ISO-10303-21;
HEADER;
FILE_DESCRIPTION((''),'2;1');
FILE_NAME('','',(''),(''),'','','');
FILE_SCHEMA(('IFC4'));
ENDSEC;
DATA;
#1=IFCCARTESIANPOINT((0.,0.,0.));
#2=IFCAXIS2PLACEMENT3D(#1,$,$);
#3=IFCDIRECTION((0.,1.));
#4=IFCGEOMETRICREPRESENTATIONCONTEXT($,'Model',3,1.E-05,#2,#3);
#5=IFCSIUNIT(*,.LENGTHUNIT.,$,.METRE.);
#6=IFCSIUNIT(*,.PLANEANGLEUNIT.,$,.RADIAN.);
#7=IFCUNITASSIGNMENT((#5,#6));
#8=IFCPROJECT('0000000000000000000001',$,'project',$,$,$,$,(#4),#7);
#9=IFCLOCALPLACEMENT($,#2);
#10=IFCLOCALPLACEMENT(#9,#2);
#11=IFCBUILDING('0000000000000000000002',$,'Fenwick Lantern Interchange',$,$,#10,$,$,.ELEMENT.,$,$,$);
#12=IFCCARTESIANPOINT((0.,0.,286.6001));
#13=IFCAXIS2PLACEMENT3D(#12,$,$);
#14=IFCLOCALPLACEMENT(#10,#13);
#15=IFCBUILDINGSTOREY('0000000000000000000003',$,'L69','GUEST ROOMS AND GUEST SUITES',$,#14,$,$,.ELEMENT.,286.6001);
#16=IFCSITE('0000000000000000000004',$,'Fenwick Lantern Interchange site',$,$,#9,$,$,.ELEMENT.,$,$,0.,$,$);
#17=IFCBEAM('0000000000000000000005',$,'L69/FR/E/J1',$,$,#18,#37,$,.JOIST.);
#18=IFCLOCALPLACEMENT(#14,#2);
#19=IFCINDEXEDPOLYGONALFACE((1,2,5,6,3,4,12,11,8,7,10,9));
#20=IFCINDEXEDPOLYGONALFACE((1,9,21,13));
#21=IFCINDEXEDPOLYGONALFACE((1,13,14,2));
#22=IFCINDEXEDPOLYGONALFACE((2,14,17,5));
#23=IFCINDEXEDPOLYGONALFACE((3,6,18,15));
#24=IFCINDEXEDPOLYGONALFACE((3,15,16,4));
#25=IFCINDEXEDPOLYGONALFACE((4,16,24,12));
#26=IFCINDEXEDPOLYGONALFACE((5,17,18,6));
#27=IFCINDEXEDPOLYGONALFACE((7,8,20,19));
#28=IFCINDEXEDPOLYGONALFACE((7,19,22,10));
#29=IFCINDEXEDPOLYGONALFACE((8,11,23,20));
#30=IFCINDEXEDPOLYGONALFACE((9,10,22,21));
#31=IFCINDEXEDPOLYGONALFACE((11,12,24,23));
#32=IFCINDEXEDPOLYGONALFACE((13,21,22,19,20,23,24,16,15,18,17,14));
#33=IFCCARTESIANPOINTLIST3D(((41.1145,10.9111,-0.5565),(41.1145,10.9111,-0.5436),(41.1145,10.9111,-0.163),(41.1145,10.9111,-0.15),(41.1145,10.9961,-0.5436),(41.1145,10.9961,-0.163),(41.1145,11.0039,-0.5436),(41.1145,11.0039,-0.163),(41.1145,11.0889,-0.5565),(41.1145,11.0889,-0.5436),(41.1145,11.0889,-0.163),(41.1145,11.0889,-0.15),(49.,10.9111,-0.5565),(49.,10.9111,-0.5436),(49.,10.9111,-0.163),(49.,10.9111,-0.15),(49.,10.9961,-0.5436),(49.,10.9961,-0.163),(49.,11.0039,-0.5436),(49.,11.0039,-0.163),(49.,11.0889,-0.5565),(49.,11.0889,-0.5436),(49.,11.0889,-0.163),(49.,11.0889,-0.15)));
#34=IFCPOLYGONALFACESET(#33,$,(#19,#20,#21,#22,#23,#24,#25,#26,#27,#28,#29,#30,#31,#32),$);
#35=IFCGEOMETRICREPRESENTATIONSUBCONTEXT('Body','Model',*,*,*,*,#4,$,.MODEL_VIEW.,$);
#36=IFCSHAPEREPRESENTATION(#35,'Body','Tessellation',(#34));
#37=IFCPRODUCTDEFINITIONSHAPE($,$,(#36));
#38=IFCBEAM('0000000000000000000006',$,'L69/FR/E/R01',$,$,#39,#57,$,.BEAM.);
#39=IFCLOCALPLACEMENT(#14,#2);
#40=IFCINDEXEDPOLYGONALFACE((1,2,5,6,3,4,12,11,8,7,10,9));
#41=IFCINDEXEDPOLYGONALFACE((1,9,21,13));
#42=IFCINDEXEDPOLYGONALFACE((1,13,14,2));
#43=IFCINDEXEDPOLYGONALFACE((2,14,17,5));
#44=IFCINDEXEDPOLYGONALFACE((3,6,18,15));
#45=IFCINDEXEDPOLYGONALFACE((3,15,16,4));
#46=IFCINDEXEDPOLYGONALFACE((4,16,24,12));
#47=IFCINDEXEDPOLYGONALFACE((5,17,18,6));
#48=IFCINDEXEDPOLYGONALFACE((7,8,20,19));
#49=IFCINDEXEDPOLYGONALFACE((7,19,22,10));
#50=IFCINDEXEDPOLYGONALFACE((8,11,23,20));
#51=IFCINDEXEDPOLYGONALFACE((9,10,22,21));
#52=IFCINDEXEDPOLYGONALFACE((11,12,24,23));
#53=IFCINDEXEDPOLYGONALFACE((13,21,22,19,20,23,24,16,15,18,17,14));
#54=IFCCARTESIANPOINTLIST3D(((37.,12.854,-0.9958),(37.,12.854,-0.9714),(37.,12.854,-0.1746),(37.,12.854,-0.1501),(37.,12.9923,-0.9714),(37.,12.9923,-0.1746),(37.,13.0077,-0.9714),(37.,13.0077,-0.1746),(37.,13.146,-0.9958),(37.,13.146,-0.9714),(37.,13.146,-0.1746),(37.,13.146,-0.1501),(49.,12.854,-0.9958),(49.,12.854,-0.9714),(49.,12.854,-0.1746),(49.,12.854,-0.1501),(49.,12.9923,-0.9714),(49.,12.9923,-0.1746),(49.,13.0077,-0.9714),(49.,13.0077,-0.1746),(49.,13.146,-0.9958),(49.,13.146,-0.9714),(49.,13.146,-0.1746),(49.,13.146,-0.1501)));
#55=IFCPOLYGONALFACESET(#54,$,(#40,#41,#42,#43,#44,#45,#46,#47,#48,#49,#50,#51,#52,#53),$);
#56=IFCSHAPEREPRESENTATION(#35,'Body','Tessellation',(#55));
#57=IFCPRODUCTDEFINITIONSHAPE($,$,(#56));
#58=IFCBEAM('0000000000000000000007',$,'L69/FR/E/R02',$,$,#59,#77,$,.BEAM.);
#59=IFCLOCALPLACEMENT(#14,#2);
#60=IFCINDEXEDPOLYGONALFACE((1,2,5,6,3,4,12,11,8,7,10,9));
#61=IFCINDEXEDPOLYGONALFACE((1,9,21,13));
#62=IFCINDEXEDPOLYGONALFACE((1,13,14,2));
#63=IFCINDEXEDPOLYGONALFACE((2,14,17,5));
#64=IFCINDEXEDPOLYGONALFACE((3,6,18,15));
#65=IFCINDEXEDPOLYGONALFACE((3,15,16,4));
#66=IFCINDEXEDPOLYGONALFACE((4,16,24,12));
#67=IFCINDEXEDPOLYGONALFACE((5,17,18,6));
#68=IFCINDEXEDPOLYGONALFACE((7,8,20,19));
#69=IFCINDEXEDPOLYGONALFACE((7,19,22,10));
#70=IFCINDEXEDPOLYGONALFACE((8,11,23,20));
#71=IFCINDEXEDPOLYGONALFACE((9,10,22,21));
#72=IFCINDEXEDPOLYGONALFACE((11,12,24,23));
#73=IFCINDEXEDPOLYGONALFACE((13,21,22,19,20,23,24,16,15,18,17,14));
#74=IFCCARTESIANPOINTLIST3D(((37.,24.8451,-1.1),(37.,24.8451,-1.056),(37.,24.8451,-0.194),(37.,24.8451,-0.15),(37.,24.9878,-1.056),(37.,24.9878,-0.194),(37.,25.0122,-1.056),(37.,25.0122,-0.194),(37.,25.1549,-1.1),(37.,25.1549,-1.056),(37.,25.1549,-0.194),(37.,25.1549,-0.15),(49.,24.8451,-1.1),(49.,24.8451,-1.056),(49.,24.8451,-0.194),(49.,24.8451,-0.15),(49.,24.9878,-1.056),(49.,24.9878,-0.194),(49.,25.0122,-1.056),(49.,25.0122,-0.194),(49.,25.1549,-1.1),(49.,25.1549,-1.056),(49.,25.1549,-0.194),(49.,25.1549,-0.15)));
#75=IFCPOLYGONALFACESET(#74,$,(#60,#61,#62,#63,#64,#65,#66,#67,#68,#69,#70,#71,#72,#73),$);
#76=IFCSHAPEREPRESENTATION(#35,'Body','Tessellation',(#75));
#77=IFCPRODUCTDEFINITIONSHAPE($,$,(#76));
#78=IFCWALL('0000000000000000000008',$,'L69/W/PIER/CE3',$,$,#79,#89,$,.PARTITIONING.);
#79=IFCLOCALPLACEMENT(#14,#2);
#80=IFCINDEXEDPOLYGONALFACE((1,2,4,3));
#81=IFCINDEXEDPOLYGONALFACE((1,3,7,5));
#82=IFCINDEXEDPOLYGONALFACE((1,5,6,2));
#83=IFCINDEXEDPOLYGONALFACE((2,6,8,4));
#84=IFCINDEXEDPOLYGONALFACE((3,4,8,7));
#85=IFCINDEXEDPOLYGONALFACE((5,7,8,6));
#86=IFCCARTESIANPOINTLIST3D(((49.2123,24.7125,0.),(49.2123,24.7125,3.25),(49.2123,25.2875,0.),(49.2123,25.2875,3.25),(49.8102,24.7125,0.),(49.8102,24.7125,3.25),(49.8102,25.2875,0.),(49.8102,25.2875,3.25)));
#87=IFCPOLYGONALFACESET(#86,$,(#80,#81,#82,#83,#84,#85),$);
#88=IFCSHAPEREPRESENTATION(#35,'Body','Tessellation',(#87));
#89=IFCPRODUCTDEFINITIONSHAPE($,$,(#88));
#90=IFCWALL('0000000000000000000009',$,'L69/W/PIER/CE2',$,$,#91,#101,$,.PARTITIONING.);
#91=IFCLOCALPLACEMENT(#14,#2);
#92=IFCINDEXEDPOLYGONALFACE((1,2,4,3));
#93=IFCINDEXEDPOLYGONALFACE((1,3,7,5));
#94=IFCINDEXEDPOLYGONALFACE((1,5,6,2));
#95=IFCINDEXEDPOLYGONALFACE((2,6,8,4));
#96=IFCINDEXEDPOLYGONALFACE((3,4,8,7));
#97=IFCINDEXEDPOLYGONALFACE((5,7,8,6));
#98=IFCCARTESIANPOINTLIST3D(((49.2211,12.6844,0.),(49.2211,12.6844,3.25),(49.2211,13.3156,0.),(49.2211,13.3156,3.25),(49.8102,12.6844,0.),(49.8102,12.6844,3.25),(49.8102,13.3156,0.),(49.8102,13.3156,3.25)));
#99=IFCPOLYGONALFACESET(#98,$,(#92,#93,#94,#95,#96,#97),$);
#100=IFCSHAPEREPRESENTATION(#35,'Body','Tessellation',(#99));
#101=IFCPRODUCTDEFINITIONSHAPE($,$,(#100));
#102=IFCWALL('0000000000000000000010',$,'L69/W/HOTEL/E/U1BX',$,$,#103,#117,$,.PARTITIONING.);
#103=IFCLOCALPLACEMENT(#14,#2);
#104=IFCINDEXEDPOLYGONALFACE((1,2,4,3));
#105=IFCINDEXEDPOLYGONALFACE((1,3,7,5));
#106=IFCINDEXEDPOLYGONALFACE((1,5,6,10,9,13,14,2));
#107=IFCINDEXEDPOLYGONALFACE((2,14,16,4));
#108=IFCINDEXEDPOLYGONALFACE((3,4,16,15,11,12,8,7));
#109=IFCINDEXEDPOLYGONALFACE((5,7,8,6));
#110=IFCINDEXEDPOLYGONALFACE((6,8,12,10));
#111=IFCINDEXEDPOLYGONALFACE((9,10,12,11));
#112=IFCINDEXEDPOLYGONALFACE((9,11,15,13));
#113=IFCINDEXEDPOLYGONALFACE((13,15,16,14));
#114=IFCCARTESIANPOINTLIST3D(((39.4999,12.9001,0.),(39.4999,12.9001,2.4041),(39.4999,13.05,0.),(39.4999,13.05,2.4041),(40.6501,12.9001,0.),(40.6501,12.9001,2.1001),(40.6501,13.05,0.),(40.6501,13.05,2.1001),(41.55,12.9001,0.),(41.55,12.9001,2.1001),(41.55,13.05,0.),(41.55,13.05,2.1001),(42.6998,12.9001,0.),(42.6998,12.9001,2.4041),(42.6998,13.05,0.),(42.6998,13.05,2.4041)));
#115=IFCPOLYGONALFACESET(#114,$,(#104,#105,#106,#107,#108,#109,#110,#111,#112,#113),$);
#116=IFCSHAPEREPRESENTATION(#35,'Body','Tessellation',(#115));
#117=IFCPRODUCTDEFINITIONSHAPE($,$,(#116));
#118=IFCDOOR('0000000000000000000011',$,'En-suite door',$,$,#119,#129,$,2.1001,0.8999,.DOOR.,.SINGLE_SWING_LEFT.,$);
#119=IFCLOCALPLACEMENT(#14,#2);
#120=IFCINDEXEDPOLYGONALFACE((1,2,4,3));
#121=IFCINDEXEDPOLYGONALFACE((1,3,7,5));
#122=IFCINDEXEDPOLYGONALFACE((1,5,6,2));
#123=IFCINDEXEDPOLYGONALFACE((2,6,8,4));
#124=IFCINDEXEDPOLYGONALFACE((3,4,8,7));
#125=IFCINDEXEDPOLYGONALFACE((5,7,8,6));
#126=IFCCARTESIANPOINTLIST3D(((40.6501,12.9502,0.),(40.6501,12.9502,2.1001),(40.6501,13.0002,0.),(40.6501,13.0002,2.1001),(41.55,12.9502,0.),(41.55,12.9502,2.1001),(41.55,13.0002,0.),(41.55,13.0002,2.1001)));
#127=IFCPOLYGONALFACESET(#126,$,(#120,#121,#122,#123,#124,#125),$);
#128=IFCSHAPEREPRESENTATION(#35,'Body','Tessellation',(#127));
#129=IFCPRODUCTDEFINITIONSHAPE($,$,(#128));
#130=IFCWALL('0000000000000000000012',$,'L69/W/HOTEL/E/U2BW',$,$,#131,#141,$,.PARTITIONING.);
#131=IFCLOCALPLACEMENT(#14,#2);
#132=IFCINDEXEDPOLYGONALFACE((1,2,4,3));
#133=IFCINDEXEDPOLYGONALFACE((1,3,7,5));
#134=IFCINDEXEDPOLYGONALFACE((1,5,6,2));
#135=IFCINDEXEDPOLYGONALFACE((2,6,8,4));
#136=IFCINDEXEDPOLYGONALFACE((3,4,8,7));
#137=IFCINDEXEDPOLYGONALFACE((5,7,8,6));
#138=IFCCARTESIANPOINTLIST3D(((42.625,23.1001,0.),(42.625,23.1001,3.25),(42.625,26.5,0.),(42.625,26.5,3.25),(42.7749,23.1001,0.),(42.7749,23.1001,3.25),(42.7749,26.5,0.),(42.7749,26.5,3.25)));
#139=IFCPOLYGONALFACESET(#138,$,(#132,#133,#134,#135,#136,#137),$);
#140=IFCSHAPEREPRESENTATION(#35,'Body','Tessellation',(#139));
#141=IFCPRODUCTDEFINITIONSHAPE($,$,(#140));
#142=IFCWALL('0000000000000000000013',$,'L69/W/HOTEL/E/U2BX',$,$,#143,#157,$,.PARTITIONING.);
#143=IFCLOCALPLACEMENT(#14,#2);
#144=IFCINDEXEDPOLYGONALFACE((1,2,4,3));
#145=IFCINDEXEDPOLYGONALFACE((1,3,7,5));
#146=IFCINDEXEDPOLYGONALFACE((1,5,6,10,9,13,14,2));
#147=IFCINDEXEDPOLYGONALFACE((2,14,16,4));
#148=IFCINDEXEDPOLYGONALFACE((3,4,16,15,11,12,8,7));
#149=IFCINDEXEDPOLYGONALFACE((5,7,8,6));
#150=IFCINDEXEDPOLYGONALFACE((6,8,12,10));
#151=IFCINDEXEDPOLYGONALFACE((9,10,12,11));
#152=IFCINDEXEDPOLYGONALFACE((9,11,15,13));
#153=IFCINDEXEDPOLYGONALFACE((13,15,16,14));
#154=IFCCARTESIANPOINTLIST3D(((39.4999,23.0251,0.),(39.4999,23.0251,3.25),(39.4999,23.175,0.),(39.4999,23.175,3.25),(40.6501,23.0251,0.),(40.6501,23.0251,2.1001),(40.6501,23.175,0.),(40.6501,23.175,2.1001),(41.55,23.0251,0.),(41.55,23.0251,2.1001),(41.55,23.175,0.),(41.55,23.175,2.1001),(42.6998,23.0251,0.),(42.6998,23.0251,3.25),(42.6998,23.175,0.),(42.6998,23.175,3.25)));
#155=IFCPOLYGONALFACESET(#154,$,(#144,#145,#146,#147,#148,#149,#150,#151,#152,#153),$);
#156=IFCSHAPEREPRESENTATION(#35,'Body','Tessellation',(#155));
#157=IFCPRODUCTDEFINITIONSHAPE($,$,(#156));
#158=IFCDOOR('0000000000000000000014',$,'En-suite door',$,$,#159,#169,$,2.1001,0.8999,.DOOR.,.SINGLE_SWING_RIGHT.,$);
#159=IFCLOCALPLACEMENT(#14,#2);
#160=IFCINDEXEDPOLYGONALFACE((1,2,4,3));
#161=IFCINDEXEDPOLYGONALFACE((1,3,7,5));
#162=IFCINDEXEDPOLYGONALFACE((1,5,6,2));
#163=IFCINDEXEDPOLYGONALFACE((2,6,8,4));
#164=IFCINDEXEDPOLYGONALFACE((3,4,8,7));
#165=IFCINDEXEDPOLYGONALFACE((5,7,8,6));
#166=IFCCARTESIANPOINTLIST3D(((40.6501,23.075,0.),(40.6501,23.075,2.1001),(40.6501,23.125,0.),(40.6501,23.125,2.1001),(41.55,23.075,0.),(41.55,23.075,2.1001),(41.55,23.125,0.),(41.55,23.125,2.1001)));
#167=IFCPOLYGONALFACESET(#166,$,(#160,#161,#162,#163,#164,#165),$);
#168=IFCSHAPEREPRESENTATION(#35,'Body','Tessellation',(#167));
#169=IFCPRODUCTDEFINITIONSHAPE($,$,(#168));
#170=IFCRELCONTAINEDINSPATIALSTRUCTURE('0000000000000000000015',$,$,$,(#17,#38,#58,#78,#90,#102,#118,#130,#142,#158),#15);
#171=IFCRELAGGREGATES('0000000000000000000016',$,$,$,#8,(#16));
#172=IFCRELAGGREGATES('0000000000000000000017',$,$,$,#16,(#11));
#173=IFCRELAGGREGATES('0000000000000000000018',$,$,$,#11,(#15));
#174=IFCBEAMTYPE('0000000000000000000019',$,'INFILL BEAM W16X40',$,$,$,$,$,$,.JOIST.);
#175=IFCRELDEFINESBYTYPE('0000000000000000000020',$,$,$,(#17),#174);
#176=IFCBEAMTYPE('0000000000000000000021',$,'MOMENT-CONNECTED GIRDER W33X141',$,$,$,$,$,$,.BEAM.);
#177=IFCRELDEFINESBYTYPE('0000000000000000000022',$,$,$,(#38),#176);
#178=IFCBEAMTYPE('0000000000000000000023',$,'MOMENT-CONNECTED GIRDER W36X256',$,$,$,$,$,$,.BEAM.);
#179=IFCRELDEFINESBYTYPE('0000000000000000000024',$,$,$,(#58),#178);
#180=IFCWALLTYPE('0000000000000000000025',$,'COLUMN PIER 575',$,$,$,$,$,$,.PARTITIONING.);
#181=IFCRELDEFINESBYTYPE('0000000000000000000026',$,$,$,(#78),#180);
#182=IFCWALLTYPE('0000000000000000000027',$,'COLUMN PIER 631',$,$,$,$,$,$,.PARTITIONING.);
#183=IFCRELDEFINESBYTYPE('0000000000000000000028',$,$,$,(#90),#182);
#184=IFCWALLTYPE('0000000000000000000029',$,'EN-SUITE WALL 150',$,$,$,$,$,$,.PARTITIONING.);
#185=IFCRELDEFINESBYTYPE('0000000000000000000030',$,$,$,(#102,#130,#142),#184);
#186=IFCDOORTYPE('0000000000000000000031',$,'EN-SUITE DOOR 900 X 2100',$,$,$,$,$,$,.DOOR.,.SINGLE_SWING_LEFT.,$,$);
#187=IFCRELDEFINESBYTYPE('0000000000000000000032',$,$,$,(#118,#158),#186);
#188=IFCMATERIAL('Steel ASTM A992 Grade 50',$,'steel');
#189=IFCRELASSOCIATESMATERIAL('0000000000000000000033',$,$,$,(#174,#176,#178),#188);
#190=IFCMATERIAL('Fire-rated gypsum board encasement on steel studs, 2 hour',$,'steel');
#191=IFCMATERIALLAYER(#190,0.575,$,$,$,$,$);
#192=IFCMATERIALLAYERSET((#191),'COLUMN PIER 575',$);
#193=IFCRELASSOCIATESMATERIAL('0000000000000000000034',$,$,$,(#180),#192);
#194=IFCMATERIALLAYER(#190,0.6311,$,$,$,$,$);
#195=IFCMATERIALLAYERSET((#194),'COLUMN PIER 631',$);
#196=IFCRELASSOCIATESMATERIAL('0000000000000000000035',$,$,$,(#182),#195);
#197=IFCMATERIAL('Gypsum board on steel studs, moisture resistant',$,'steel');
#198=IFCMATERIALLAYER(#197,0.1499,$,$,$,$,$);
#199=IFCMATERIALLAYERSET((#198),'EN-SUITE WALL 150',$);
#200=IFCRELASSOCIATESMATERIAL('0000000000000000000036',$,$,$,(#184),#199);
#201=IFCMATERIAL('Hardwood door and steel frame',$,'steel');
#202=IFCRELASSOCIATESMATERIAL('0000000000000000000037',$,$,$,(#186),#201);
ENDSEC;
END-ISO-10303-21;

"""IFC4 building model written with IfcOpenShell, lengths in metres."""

from ifc_helpers import new_model, si_unit, direction, frame, frame_2d, origin, origin_2d, place, context, subcontext, project, spatial, rectangle, i_section, extrude, material, layer, layer_set, material_profile, profile_set, type_object, element, fill, save


model = new_model("IFC4")

# Units and contexts
model_context = context("Model", 3, precision=1e-05, world=origin(), true_north=direction((0.0, 1.0)))
body_context = subcontext(model_context, "Body", "Model", "MODEL_VIEW")
ifc_project = project(units=[si_unit("LENGTHUNIT", "METRE"), si_unit("PLANEANGLEUNIT", "RADIAN")], contexts=[model_context])

# Site, building, storey
site_placement = place(None, origin())
site = spatial("IfcSite", under=ifc_project, at=site_placement, Name="Fenwick Lantern Interchange site", CompositionType="ELEMENT", RefElevation=0.0)
building_placement = place(site_placement, origin())
building = spatial("IfcBuilding", under=site, at=building_placement, Name="Fenwick Lantern Interchange", CompositionType="ELEMENT")
storey_placement = place(building_placement, frame((0.0, 0.0, 286.6001)))
storey = spatial("IfcBuildingStorey", under=building, at=storey_placement, Name="L69", Description="GUEST ROOMS AND GUEST SUITES", CompositionType="ELEMENT", Elevation=286.6001)

# Shared definitions
ifc_material_1 = material(Name="Steel ASTM A992 Grade 50", Category="steel")

# Beams
ifc_material_profile_1 = material_profile(ifc_material_1, i_section(OverallWidth=0.1777, OverallDepth=0.4065, WebThickness=0.0078, FlangeThickness=0.0129, at=origin_2d()), Name="W16X40")
ifc_profile_set_1 = profile_set([ifc_material_profile_1], Name="Steel ASTM A992 Grade 50")
beam_type_1 = type_object("IfcBeamType", Name="INFILL BEAM W16X40", PredefinedType="JOIST", material=ifc_profile_set_1)
beam_1_placement = place(storey_placement, frame((49.0, 11.0, -0.3533), z_axis=(-1.0, 0.0, 0.0), x_axis=(0.0, -1.0, 0.0)))
element("IfcBeam", 1, at=beam_1_placement, inside=storey, type_object=beam_type_1, Name="L69/FR/E/J1", PredefinedType="JOIST", context=body_context, shape_type="SweptSolid", body=[
    extrude(i_section(OverallWidth=0.1777, OverallDepth=0.4065, WebThickness=0.0078, FlangeThickness=0.0129, at=origin_2d()), origin(), (0.0, 0.0, 1.0), 7.8855),
])
ifc_material_profile_2 = material_profile(ifc_material_1, i_section(OverallWidth=0.292, OverallDepth=0.8457, WebThickness=0.0154, FlangeThickness=0.0244, at=origin_2d()), Name="W33X141")
ifc_profile_set_2 = profile_set([ifc_material_profile_2], Name="Steel ASTM A992 Grade 50")
beam_type_2 = type_object("IfcBeamType", Name="MOMENT-CONNECTED GIRDER W33X141", PredefinedType="BEAM", material=ifc_profile_set_2)
beam_2_placement = place(storey_placement, frame((49.0, 13.0, -0.573), z_axis=(-1.0, 0.0, 0.0), x_axis=(0.0, -1.0, 0.0)))
element("IfcBeam", 2, at=beam_2_placement, inside=storey, type_object=beam_type_2, Name="L69/FR/E/R01", PredefinedType="BEAM", context=body_context, shape_type="SweptSolid", body=[
    extrude(i_section(OverallWidth=0.292, OverallDepth=0.8457, WebThickness=0.0154, FlangeThickness=0.0244, at=origin_2d()), origin(), (0.0, 0.0, 1.0), 12.0),
])
ifc_material_profile_3 = material_profile(ifc_material_1, i_section(OverallWidth=0.3098, OverallDepth=0.95, WebThickness=0.0244, FlangeThickness=0.0439, at=origin_2d()), Name="W36X256")
ifc_profile_set_3 = profile_set([ifc_material_profile_3], Name="Steel ASTM A992 Grade 50")
beam_type_3 = type_object("IfcBeamType", Name="MOMENT-CONNECTED GIRDER W36X256", PredefinedType="BEAM", material=ifc_profile_set_3)
beam_3_placement = place(storey_placement, frame((49.0, 25.0, -0.625), z_axis=(-1.0, 0.0, 0.0), x_axis=(0.0, -1.0, 0.0)))
element("IfcBeam", 3, at=beam_3_placement, inside=storey, type_object=beam_type_3, Name="L69/FR/E/R02", PredefinedType="BEAM", context=body_context, shape_type="SweptSolid", body=[
    extrude(i_section(OverallWidth=0.3098, OverallDepth=0.95, WebThickness=0.0244, FlangeThickness=0.0439, at=origin_2d()), origin(), (0.0, 0.0, 1.0), 12.0),
])

# Walls
ifc_material_2 = material(Name="Fire-rated gypsum board encasement on steel studs, 2 hour", Category="steel")
ifc_layer_1 = layer(ifc_material_2, 0.575)
ifc_layer_set_1 = layer_set([ifc_layer_1], Name="COLUMN PIER 575")
wall_type_1 = type_object("IfcWallType", Name="COLUMN PIER 575", PredefinedType="PARTITIONING", material=ifc_layer_set_1)
wall_1_placement = place(storey_placement, frame((49.8101, 25.0, 0.0), z_axis=(0.0, 0.0, 1.0), x_axis=(-1.0, 0.0, 0.0)))
element("IfcWall", 4, at=wall_1_placement, inside=storey, type_object=wall_type_1, Name="L69/W/PIER/CE3", PredefinedType="PARTITIONING", context=body_context, shape_type="SweptSolid", body=[
    extrude(rectangle(XDim=0.5979, YDim=0.575, at=frame_2d((0.2988, 0.0))), origin(), (0.0, 0.0, 1.0), 3.25),
])
ifc_layer_2 = layer(ifc_material_2, 0.6311)
ifc_layer_set_2 = layer_set([ifc_layer_2], Name="COLUMN PIER 631")
wall_type_2 = type_object("IfcWallType", Name="COLUMN PIER 631", PredefinedType="PARTITIONING", material=ifc_layer_set_2)
wall_2_placement = place(storey_placement, frame((49.8101, 13.0, 0.0), z_axis=(0.0, 0.0, 1.0), x_axis=(-1.0, 0.0, 0.0)))
element("IfcWall", 5, at=wall_2_placement, inside=storey, type_object=wall_type_2, Name="L69/W/PIER/CE2", PredefinedType="PARTITIONING", context=body_context, shape_type="SweptSolid", body=[
    extrude(rectangle(XDim=0.5891, YDim=0.6311, at=frame_2d((0.2944, 0.0))), origin(), (0.0, 0.0, 1.0), 3.25),
])

# Wall, opening, door
ifc_material_3 = material(Name="Gypsum board on steel studs, moisture resistant", Category="steel")
ifc_layer_3 = layer(ifc_material_3, 0.1499)
ifc_layer_set_3 = layer_set([ifc_layer_3], Name="EN-SUITE WALL 150")
wall_type_3 = type_object("IfcWallType", Name="EN-SUITE WALL 150", PredefinedType="PARTITIONING", material=ifc_layer_set_3)
wall_3_placement = place(storey_placement, frame((42.7, 12.9751, 0.0), z_axis=(0.0, 0.0, 1.0), x_axis=(-1.0, 0.0, 0.0)))
wall_3 = element("IfcWall", 6, at=wall_3_placement, inside=storey, type_object=wall_type_3, Name="L69/W/HOTEL/E/U1BX", PredefinedType="PARTITIONING", context=body_context, shape_type="SweptSolid", body=[
    extrude(rectangle(XDim=3.2, YDim=0.1499, at=frame_2d((1.6001, 0.0))), origin(), (0.0, 0.0, 1.0), 2.4041),
])
opening_1_placement = place(wall_3_placement, frame((1.1499, 0.0, 0.0)))
opening_1 = element("IfcOpeningElement", 7, at=opening_1_placement, cuts=wall_3, PredefinedType="OPENING", context=body_context, shape_type="SweptSolid", body=[
    extrude(rectangle(XDim=0.8999, YDim=2.1001, at=frame_2d((0.45, 1.05))), frame((0.0, 0.085, 0.0), z_axis=(0.0, -1.0, 0.0), x_axis=(1.0, 0.0, 0.0)), (0.0, 0.0, 1.0), 0.1699),
])
ifc_material_4 = material(Name="Hardwood door and steel frame", Category="steel")
door_type = type_object("IfcDoorType", Name="EN-SUITE DOOR 900 X 2100", OperationType="SINGLE_SWING_LEFT", PredefinedType="DOOR", material=ifc_material_4)
door_1_placement = place(opening_1_placement, origin())
door_1 = element("IfcDoor", 8, at=door_1_placement, inside=storey, type_object=door_type, Name="En-suite door", OperationType="SINGLE_SWING_LEFT", OverallHeight=2.1001, OverallWidth=0.8999, PredefinedType="DOOR", context=body_context, shape_type="SweptSolid", body=[
    extrude(rectangle(XDim=0.8999, YDim=2.1001, at=frame_2d((0.45, 1.05))), frame((0.0, 0.0249, 0.0), z_axis=(0.0, -1.0, 0.0), x_axis=(1.0, 0.0, 0.0)), (0.0, 0.0, 1.0), 0.05),
])
fill(opening_1, door_1)

# Wall
wall_4_placement = place(storey_placement, frame((42.7, 23.1001, 0.0), z_axis=(0.0, 0.0, 1.0), x_axis=(0.0, 1.0, 0.0)))
element("IfcWall", 9, at=wall_4_placement, inside=storey, type_object=wall_type_3, Name="L69/W/HOTEL/E/U2BW", PredefinedType="PARTITIONING", context=body_context, shape_type="SweptSolid", body=[
    extrude(rectangle(XDim=3.3999, YDim=0.1499, at=frame_2d((1.7, 0.0))), origin(), (0.0, 0.0, 1.0), 3.25),
])

# Wall, opening, door
wall_5_placement = place(storey_placement, frame((42.7, 23.1001, 0.0), z_axis=(0.0, 0.0, 1.0), x_axis=(-1.0, 0.0, 0.0)))
wall_5 = element("IfcWall", 10, at=wall_5_placement, inside=storey, type_object=wall_type_3, Name="L69/W/HOTEL/E/U2BX", PredefinedType="PARTITIONING", context=body_context, shape_type="SweptSolid", body=[
    extrude(rectangle(XDim=3.2, YDim=0.1499, at=frame_2d((1.6001, 0.0))), origin(), (0.0, 0.0, 1.0), 3.25),
])
opening_2_placement = place(wall_5_placement, frame((1.1499, 0.0, 0.0)))
opening_2 = element("IfcOpeningElement", 11, at=opening_2_placement, cuts=wall_5, PredefinedType="OPENING", context=body_context, shape_type="SweptSolid", body=[
    extrude(rectangle(XDim=0.8999, YDim=2.1001, at=frame_2d((0.45, 1.05))), frame((0.0, 0.085, 0.0), z_axis=(0.0, -1.0, 0.0), x_axis=(1.0, 0.0, 0.0)), (0.0, 0.0, 1.0), 0.1699),
])
door_2_placement = place(opening_2_placement, frame((0.8999, 0.0, 0.0), z_axis=(0.0, 0.0, 1.0), x_axis=(-1.0, 0.0, 0.0)))
door_2 = element("IfcDoor", 12, at=door_2_placement, inside=storey, type_object=door_type, Name="En-suite door", OperationType="SINGLE_SWING_RIGHT", OverallHeight=2.1001, OverallWidth=0.8999, PredefinedType="DOOR", context=body_context, shape_type="SweptSolid", body=[
    extrude(rectangle(XDim=0.8999, YDim=2.1001, at=frame_2d((0.45, 1.05))), frame((0.0, 0.0249, 0.0), z_axis=(0.0, -1.0, 0.0), x_axis=(1.0, 0.0, 0.0)), (0.0, 0.0, 1.0), 0.05),
])
fill(opening_2, door_2)

save(model, "model.ifc")
